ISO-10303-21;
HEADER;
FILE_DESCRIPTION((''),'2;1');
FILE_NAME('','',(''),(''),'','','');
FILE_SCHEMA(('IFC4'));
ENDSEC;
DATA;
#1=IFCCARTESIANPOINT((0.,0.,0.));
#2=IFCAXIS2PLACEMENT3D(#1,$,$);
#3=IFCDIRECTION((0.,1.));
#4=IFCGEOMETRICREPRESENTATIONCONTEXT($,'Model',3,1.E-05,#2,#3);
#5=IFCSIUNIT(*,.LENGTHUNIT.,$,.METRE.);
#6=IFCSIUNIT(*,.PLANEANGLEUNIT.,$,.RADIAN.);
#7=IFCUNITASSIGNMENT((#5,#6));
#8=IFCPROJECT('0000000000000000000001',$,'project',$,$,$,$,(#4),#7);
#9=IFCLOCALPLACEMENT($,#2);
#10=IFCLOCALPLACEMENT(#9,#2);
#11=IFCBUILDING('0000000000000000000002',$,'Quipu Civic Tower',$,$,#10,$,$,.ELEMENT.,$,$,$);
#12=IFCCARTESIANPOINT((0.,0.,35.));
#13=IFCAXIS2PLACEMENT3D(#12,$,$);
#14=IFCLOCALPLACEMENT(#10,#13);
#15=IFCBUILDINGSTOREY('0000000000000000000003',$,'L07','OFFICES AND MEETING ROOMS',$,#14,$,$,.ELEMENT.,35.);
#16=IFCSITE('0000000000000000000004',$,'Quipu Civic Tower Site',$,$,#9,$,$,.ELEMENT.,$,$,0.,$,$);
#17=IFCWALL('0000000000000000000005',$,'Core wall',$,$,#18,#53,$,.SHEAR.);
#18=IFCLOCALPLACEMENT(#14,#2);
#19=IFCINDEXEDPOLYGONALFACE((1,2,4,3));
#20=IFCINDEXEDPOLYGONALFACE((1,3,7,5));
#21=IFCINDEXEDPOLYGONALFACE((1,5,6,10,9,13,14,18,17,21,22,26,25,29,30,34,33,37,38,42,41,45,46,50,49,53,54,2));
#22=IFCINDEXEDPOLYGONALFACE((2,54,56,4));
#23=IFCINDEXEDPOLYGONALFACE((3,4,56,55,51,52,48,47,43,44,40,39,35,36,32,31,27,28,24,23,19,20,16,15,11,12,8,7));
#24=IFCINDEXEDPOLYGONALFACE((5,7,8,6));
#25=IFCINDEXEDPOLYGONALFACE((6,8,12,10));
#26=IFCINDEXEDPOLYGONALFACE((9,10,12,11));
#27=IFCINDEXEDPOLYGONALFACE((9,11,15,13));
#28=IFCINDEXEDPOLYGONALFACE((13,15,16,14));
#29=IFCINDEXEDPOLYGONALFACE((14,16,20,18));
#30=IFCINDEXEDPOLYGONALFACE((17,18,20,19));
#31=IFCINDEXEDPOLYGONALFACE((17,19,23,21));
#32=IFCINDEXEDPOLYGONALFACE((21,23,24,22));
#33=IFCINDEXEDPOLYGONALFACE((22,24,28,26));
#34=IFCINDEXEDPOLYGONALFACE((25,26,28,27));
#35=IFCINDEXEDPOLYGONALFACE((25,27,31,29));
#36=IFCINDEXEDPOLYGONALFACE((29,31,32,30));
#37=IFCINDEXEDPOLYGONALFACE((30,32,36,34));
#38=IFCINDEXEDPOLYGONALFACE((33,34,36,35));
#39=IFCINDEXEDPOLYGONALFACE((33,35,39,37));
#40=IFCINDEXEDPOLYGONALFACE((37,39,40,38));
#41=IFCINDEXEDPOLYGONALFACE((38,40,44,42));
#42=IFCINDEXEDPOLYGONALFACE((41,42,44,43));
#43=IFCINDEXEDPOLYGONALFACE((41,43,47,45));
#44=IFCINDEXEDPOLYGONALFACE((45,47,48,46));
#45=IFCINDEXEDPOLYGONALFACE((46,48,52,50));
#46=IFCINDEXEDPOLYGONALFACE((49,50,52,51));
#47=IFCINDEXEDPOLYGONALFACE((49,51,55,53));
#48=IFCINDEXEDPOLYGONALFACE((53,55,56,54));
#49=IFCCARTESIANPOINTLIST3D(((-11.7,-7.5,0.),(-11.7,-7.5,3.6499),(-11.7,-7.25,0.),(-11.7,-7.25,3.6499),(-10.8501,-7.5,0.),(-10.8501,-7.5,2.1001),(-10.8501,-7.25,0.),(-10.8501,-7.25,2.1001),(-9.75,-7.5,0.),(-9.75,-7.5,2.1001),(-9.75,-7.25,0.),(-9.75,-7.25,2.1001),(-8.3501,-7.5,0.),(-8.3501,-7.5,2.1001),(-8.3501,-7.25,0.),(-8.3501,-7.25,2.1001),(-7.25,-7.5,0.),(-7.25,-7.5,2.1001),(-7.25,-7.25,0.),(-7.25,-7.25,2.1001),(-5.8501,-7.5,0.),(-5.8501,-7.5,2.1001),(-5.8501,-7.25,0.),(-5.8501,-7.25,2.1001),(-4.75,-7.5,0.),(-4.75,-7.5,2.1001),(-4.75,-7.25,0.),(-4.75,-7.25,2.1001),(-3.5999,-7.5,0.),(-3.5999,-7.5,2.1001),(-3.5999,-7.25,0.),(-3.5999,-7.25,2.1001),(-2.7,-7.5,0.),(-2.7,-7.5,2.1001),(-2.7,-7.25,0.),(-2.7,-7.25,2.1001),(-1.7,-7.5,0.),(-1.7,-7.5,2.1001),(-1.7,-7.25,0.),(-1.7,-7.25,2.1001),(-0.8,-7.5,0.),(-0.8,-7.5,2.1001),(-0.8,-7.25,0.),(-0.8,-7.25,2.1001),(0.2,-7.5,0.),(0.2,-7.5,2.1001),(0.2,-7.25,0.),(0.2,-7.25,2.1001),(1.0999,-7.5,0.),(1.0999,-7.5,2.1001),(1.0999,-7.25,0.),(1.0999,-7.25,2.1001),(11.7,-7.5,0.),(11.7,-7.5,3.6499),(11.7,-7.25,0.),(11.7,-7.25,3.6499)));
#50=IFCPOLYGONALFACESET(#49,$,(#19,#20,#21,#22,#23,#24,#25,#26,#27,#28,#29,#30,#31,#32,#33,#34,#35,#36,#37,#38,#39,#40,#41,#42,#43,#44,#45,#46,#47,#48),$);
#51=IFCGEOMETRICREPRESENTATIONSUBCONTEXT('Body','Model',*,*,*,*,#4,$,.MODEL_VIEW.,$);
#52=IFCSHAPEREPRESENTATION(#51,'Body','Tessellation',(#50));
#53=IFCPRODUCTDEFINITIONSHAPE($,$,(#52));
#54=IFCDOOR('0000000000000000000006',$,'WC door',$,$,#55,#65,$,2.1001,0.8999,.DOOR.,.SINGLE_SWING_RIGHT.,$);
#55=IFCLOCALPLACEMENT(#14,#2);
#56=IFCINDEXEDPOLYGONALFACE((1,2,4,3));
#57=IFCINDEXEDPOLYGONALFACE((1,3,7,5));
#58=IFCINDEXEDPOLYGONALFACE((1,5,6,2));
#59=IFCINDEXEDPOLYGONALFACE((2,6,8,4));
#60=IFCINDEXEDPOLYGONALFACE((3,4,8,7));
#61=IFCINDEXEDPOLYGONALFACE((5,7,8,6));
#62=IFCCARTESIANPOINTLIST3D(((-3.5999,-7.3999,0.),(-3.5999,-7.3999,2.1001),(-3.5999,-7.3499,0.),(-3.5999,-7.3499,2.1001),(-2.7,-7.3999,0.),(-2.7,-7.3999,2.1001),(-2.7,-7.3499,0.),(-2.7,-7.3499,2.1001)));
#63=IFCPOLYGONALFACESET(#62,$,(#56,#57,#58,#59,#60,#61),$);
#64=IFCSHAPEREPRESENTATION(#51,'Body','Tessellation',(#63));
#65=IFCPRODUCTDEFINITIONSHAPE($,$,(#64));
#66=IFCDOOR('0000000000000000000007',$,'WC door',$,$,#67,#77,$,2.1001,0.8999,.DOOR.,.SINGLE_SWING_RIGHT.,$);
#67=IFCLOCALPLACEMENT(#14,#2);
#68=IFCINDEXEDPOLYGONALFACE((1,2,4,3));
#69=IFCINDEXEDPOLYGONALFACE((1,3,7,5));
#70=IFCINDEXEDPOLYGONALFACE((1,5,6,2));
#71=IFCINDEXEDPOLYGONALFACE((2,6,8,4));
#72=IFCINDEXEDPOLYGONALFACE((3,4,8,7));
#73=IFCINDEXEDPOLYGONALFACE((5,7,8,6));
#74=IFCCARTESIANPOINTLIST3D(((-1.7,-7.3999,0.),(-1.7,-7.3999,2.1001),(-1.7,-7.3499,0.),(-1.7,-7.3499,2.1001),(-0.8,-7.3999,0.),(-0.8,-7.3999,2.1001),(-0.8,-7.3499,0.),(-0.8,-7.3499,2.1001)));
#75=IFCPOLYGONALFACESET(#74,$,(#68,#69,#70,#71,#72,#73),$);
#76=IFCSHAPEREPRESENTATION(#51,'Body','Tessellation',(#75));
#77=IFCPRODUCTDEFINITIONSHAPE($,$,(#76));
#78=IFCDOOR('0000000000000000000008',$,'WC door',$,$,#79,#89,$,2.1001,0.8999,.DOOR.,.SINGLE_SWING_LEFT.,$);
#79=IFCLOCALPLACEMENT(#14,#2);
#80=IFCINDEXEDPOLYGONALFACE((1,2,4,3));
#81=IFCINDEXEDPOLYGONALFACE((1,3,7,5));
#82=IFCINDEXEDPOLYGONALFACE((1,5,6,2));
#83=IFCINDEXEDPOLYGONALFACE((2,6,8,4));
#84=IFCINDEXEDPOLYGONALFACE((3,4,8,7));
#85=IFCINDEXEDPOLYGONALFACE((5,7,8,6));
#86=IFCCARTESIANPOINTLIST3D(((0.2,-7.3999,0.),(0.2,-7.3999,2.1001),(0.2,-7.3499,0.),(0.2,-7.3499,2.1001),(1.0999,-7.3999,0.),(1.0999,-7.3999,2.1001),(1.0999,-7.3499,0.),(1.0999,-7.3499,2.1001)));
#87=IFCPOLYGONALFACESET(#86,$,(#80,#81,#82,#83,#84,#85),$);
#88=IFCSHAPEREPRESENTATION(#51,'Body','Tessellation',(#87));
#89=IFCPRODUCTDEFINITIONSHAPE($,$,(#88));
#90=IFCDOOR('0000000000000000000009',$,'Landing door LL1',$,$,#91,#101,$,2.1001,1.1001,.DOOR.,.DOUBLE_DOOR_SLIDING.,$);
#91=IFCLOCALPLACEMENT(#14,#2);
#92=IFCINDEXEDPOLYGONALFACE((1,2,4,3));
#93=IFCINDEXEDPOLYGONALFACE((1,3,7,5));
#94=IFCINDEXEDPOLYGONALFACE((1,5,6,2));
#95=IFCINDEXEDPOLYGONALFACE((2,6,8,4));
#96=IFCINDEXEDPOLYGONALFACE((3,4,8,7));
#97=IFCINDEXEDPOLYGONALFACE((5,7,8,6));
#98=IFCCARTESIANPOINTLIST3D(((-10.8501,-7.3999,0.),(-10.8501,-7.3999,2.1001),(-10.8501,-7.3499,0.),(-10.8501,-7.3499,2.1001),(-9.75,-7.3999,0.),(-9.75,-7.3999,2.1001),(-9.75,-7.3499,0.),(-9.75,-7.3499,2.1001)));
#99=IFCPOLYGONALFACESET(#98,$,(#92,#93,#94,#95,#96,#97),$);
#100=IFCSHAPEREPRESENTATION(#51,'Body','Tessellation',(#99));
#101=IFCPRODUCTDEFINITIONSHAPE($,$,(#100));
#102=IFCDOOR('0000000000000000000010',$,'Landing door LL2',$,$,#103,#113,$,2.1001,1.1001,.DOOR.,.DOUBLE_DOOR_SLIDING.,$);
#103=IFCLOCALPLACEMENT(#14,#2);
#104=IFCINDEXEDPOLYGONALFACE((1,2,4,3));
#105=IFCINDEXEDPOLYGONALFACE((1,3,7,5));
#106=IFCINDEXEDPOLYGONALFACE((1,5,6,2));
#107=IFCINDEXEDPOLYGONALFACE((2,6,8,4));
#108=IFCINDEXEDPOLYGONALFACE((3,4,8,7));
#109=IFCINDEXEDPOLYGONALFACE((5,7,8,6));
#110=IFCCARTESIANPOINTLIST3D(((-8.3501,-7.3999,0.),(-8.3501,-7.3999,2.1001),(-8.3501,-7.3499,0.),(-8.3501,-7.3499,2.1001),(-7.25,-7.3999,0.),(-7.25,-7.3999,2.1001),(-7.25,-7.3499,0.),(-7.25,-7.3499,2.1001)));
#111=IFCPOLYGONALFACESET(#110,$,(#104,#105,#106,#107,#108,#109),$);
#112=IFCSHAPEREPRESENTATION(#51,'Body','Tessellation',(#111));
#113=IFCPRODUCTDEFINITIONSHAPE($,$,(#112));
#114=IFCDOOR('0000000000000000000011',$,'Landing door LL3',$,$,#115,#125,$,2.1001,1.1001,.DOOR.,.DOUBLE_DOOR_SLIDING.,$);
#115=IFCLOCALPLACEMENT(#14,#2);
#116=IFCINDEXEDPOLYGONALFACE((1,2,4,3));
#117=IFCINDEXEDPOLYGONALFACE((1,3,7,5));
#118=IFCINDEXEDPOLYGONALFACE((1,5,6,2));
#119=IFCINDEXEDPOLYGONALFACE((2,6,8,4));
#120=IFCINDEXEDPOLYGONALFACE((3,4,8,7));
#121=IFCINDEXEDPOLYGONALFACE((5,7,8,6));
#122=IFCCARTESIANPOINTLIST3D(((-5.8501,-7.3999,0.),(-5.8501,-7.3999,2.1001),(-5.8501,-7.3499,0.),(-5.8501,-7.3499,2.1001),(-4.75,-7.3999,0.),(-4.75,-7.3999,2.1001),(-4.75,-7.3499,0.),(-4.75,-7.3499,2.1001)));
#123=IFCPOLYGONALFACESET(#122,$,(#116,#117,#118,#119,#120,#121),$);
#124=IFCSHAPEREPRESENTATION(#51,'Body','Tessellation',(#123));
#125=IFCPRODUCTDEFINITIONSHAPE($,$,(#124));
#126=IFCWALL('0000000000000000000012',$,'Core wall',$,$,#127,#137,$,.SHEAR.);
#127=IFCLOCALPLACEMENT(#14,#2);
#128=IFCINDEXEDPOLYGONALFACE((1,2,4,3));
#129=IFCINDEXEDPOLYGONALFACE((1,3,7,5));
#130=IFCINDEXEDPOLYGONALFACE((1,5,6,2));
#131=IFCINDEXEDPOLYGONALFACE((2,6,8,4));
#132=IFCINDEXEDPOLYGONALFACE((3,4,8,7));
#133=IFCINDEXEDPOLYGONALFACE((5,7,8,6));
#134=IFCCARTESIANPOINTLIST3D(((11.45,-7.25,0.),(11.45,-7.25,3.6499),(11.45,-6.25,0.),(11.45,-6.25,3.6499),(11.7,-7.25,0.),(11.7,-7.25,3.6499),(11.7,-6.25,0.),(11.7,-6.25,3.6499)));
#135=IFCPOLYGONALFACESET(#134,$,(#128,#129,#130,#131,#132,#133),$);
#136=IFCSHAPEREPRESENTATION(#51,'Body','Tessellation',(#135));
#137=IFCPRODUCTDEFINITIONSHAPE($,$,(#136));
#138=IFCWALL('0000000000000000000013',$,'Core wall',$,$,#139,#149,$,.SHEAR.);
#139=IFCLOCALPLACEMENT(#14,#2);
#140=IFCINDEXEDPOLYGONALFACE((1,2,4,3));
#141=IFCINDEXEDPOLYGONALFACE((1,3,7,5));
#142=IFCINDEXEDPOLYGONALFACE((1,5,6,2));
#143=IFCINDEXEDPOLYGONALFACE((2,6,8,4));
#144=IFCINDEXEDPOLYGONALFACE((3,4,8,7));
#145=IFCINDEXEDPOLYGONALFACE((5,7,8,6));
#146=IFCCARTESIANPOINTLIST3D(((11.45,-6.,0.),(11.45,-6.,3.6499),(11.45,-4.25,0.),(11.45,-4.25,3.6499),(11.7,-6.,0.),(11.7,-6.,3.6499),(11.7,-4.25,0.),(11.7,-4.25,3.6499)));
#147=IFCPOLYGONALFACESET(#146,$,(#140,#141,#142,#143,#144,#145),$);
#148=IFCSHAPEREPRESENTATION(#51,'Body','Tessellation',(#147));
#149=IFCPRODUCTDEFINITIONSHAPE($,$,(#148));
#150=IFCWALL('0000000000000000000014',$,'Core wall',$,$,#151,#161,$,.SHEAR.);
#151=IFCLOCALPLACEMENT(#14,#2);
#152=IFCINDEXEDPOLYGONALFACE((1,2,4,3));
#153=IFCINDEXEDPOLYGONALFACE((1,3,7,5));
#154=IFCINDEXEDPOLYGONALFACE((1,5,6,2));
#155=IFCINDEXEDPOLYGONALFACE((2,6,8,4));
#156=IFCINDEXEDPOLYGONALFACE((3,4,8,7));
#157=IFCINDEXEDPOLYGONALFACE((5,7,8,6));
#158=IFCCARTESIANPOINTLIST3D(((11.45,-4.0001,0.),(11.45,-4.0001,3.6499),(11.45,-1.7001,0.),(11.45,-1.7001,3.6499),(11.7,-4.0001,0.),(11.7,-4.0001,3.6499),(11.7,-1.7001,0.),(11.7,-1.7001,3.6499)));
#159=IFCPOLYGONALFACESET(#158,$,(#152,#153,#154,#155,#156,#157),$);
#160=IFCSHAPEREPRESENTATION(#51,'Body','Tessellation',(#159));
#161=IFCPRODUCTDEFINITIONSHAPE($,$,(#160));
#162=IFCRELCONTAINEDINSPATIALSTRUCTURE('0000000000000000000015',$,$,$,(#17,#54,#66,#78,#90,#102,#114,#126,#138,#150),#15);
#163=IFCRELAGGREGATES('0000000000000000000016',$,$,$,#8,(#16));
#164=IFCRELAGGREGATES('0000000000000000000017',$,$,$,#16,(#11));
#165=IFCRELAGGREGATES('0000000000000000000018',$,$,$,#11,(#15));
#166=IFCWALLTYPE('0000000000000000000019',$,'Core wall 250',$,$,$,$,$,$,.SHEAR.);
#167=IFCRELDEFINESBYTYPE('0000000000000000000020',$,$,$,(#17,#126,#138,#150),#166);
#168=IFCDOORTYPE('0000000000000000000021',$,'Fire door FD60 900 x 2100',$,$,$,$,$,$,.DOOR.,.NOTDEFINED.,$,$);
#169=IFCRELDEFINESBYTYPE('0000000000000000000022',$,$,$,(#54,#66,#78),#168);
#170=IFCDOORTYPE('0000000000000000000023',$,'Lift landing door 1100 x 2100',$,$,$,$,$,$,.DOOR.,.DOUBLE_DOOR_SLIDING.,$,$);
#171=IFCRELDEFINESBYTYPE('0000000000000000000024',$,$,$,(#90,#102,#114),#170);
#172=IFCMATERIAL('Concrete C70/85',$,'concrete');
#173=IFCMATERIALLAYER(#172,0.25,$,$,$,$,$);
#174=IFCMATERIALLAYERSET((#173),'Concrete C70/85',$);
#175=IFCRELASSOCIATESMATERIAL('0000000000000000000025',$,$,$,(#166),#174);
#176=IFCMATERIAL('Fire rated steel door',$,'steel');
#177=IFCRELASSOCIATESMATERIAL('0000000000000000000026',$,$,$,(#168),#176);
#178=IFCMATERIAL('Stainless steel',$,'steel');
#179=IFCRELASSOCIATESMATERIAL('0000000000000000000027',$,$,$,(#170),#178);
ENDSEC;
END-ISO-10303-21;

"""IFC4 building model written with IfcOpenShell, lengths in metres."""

from ifc_helpers import new_model, si_unit, direction, frame, frame_2d, origin, place, context, subcontext, project, spatial, rectangle, extrude, material, layer, layer_set, type_object, element, fill, save


model = new_model("IFC4")

# Units and contexts
model_context = context("Model", 3, precision=1e-05, world=origin(), true_north=direction((0.0, 1.0)))
body_context = subcontext(model_context, "Body", "Model", "MODEL_VIEW")
ifc_project = project(units=[si_unit("LENGTHUNIT", "METRE"), si_unit("PLANEANGLEUNIT", "RADIAN")], contexts=[model_context])

# Site, building, storey
site_placement = place(None, origin())
site = spatial("IfcSite", under=ifc_project, at=site_placement, Name="Quipu Civic Tower Site", CompositionType="ELEMENT", RefElevation=0.0)
building_placement = place(site_placement, origin())
building = spatial("IfcBuilding", under=site, at=building_placement, Name="Quipu Civic Tower", CompositionType="ELEMENT")
storey_placement = place(building_placement, frame((0.0, 0.0, 35.0)))
storey = spatial("IfcBuildingStorey", under=building, at=storey_placement, Name="L07", Description="OFFICES AND MEETING ROOMS", CompositionType="ELEMENT", Elevation=35.0)

# Shared definitions
ifc_material_1 = material(Name="Concrete C70/85", Category="concrete")
ifc_layer_1 = layer(ifc_material_1, 0.25)
ifc_layer_set_1 = layer_set([ifc_layer_1], Name="Concrete C70/85")
wall_type_1 = type_object("IfcWallType", Name="Core wall 250", PredefinedType="SHEAR", material=ifc_layer_set_1)

# Wall, openings, doors
wall_1_placement = place(storey_placement, frame((11.7, -7.375, 0.0), z_axis=(0.0, 0.0, 1.0), x_axis=(-1.0, 0.0, 0.0)))
wall_1 = element("IfcWall", 1, at=wall_1_placement, inside=storey, type_object=wall_type_1, Name="Core wall", PredefinedType="SHEAR", context=body_context, shape_type="SweptSolid", body=[
    extrude(rectangle(XDim=23.3999, YDim=0.25, at=frame_2d((11.7, 0.0))), origin(), (0.0, 0.0, 1.0), 3.6499),
])
opening_1_placement = place(wall_1_placement, frame((21.45, 0.0, 0.0)))
opening_1 = element("IfcOpeningElement", 2, at=opening_1_placement, cuts=wall_1, PredefinedType="OPENING", context=body_context, shape_type="SweptSolid", body=[
    extrude(rectangle(XDim=1.1001, YDim=2.1001, at=frame_2d((0.55, 1.05))), frame((0.0, 0.135, 0.0), z_axis=(0.0, -1.0, 0.0), x_axis=(1.0, 0.0, 0.0)), (0.0, 0.0, 1.0), 0.27),
])
opening_2_placement = place(wall_1_placement, frame((18.95, 0.0, 0.0)))
opening_2 = element("IfcOpeningElement", 3, at=opening_2_placement, cuts=wall_1, PredefinedType="OPENING", context=body_context, shape_type="SweptSolid", body=[
    extrude(rectangle(XDim=1.1001, YDim=2.1001, at=frame_2d((0.55, 1.05))), frame((0.0, 0.135, 0.0), z_axis=(0.0, -1.0, 0.0), x_axis=(1.0, 0.0, 0.0)), (0.0, 0.0, 1.0), 0.27),
])
opening_3_placement = place(wall_1_placement, frame((16.45, 0.0, 0.0)))
opening_3 = element("IfcOpeningElement", 4, at=opening_3_placement, cuts=wall_1, PredefinedType="OPENING", context=body_context, shape_type="SweptSolid", body=[
    extrude(rectangle(XDim=1.1001, YDim=2.1001, at=frame_2d((0.55, 1.05))), frame((0.0, 0.135, 0.0), z_axis=(0.0, -1.0, 0.0), x_axis=(1.0, 0.0, 0.0)), (0.0, 0.0, 1.0), 0.27),
])
opening_4_placement = place(wall_1_placement, frame((14.3999, 0.0, 0.0)))
opening_4 = element("IfcOpeningElement", 5, at=opening_4_placement, cuts=wall_1, PredefinedType="OPENING", context=body_context, shape_type="SweptSolid", body=[
    extrude(rectangle(XDim=0.8999, YDim=2.1001, at=frame_2d((0.45, 1.05))), frame((0.0, 0.135, 0.0), z_axis=(0.0, -1.0, 0.0), x_axis=(1.0, 0.0, 0.0)), (0.0, 0.0, 1.0), 0.27),
])
opening_5_placement = place(wall_1_placement, frame((12.5, 0.0, 0.0)))
opening_5 = element("IfcOpeningElement", 6, at=opening_5_placement, cuts=wall_1, PredefinedType="OPENING", context=body_context, shape_type="SweptSolid", body=[
    extrude(rectangle(XDim=0.8999, YDim=2.1001, at=frame_2d((0.45, 1.05))), frame((0.0, 0.135, 0.0), z_axis=(0.0, -1.0, 0.0), x_axis=(1.0, 0.0, 0.0)), (0.0, 0.0, 1.0), 0.27),
])
opening_6_placement = place(wall_1_placement, frame((10.6001, 0.0, 0.0)))
opening_6 = element("IfcOpeningElement", 7, at=opening_6_placement, cuts=wall_1, PredefinedType="OPENING", context=body_context, shape_type="SweptSolid", body=[
    extrude(rectangle(XDim=0.8999, YDim=2.1001, at=frame_2d((0.45, 1.05))), frame((0.0, 0.135, 0.0), z_axis=(0.0, -1.0, 0.0), x_axis=(1.0, 0.0, 0.0)), (0.0, 0.0, 1.0), 0.27),
])
ifc_material_2 = material(Name="Fire rated steel door", Category="steel")
door_type_1 = type_object("IfcDoorType", Name="Fire door FD60 900 x 2100", OperationType="NOTDEFINED", PredefinedType="DOOR", material=ifc_material_2)
door_1_placement = place(opening_4_placement, origin())
door_1 = element("IfcDoor", 8, at=door_1_placement, inside=storey, type_object=door_type_1, Name="WC door", OperationType="SINGLE_SWING_RIGHT", OverallHeight=2.1001, OverallWidth=0.8999, PredefinedType="DOOR", context=body_context, shape_type="SweptSolid", body=[
    extrude(rectangle(XDim=0.8999, YDim=2.1001, at=frame_2d((0.45, 1.05))), frame((0.0, 0.0249, 0.0), z_axis=(0.0, -1.0, 0.0), x_axis=(1.0, 0.0, 0.0)), (0.0, 0.0, 1.0), 0.05),
])
fill(opening_4, door_1)
door_2_placement = place(opening_5_placement, origin())
door_2 = element("IfcDoor", 9, at=door_2_placement, inside=storey, type_object=door_type_1, Name="WC door", OperationType="SINGLE_SWING_RIGHT", OverallHeight=2.1001, OverallWidth=0.8999, PredefinedType="DOOR", context=body_context, shape_type="SweptSolid", body=[
    extrude(rectangle(XDim=0.8999, YDim=2.1001, at=frame_2d((0.45, 1.05))), frame((0.0, 0.0249, 0.0), z_axis=(0.0, -1.0, 0.0), x_axis=(1.0, 0.0, 0.0)), (0.0, 0.0, 1.0), 0.05),
])
fill(opening_5, door_2)
door_3_placement = place(opening_6_placement, origin())
door_3 = element("IfcDoor", 10, at=door_3_placement, inside=storey, type_object=door_type_1, Name="WC door", OperationType="SINGLE_SWING_LEFT", OverallHeight=2.1001, OverallWidth=0.8999, PredefinedType="DOOR", context=body_context, shape_type="SweptSolid", body=[
    extrude(rectangle(XDim=0.8999, YDim=2.1001, at=frame_2d((0.45, 1.05))), frame((0.0, 0.0249, 0.0), z_axis=(0.0, -1.0, 0.0), x_axis=(1.0, 0.0, 0.0)), (0.0, 0.0, 1.0), 0.05),
])
fill(opening_6, door_3)
ifc_material_3 = material(Name="Stainless steel", Category="steel")
door_type_2 = type_object("IfcDoorType", Name="Lift landing door 1100 x 2100", OperationType="DOUBLE_DOOR_SLIDING", PredefinedType="DOOR", material=ifc_material_3)
door_4_placement = place(opening_1_placement, origin())
door_4 = element("IfcDoor", 11, at=door_4_placement, inside=storey, type_object=door_type_2, Name="Landing door LL1", OperationType="DOUBLE_DOOR_SLIDING", OverallHeight=2.1001, OverallWidth=1.1001, PredefinedType="DOOR", context=body_context, shape_type="SweptSolid", body=[
    extrude(rectangle(XDim=1.1001, YDim=2.1001, at=frame_2d((0.55, 1.05))), frame((0.0, 0.0249, 0.0), z_axis=(0.0, -1.0, 0.0), x_axis=(1.0, 0.0, 0.0)), (0.0, 0.0, 1.0), 0.05),
])
fill(opening_1, door_4)
door_5_placement = place(opening_2_placement, origin())
door_5 = element("IfcDoor", 12, at=door_5_placement, inside=storey, type_object=door_type_2, Name="Landing door LL2", OperationType="DOUBLE_DOOR_SLIDING", OverallHeight=2.1001, OverallWidth=1.1001, PredefinedType="DOOR", context=body_context, shape_type="SweptSolid", body=[
    extrude(rectangle(XDim=1.1001, YDim=2.1001, at=frame_2d((0.55, 1.05))), frame((0.0, 0.0249, 0.0), z_axis=(0.0, -1.0, 0.0), x_axis=(1.0, 0.0, 0.0)), (0.0, 0.0, 1.0), 0.05),
])
fill(opening_2, door_5)
door_6_placement = place(opening_3_placement, origin())
door_6 = element("IfcDoor", 13, at=door_6_placement, inside=storey, type_object=door_type_2, Name="Landing door LL3", OperationType="DOUBLE_DOOR_SLIDING", OverallHeight=2.1001, OverallWidth=1.1001, PredefinedType="DOOR", context=body_context, shape_type="SweptSolid", body=[
    extrude(rectangle(XDim=1.1001, YDim=2.1001, at=frame_2d((0.55, 1.05))), frame((0.0, 0.0249, 0.0), z_axis=(0.0, -1.0, 0.0), x_axis=(1.0, 0.0, 0.0)), (0.0, 0.0, 1.0), 0.05),
])
fill(opening_3, door_6)

# Walls
wall_2_placement = place(storey_placement, frame((11.575, -7.25, 0.0), z_axis=(0.0, 0.0, 1.0), x_axis=(0.0, 1.0, 0.0)))
element("IfcWall", 14, at=wall_2_placement, inside=storey, type_object=wall_type_1, Name="Core wall", PredefinedType="SHEAR", context=body_context, shape_type="SweptSolid", body=[
    extrude(rectangle(XDim=1.0, YDim=0.25, at=frame_2d((0.5, 0.0))), origin(), (0.0, 0.0, 1.0), 3.6499),
])
wall_3_placement = place(storey_placement, frame((11.575, -6.0, 0.0), z_axis=(0.0, 0.0, 1.0), x_axis=(0.0, 1.0, 0.0)))
element("IfcWall", 15, at=wall_3_placement, inside=storey, type_object=wall_type_1, Name="Core wall", PredefinedType="SHEAR", context=body_context, shape_type="SweptSolid", body=[
    extrude(rectangle(XDim=1.75, YDim=0.25, at=frame_2d((0.875, 0.0))), origin(), (0.0, 0.0, 1.0), 3.6499),
])
wall_4_placement = place(storey_placement, frame((11.575, -4.0, 0.0), z_axis=(0.0, 0.0, 1.0), x_axis=(0.0, 1.0, 0.0)))
element("IfcWall", 16, at=wall_4_placement, inside=storey, type_object=wall_type_1, Name="Core wall", PredefinedType="SHEAR", context=body_context, shape_type="SweptSolid", body=[
    extrude(rectangle(XDim=2.3, YDim=0.25, at=frame_2d((1.1499, 0.0))), origin(), (0.0, 0.0, 1.0), 3.6499),
])

save(model, "model.ifc")
